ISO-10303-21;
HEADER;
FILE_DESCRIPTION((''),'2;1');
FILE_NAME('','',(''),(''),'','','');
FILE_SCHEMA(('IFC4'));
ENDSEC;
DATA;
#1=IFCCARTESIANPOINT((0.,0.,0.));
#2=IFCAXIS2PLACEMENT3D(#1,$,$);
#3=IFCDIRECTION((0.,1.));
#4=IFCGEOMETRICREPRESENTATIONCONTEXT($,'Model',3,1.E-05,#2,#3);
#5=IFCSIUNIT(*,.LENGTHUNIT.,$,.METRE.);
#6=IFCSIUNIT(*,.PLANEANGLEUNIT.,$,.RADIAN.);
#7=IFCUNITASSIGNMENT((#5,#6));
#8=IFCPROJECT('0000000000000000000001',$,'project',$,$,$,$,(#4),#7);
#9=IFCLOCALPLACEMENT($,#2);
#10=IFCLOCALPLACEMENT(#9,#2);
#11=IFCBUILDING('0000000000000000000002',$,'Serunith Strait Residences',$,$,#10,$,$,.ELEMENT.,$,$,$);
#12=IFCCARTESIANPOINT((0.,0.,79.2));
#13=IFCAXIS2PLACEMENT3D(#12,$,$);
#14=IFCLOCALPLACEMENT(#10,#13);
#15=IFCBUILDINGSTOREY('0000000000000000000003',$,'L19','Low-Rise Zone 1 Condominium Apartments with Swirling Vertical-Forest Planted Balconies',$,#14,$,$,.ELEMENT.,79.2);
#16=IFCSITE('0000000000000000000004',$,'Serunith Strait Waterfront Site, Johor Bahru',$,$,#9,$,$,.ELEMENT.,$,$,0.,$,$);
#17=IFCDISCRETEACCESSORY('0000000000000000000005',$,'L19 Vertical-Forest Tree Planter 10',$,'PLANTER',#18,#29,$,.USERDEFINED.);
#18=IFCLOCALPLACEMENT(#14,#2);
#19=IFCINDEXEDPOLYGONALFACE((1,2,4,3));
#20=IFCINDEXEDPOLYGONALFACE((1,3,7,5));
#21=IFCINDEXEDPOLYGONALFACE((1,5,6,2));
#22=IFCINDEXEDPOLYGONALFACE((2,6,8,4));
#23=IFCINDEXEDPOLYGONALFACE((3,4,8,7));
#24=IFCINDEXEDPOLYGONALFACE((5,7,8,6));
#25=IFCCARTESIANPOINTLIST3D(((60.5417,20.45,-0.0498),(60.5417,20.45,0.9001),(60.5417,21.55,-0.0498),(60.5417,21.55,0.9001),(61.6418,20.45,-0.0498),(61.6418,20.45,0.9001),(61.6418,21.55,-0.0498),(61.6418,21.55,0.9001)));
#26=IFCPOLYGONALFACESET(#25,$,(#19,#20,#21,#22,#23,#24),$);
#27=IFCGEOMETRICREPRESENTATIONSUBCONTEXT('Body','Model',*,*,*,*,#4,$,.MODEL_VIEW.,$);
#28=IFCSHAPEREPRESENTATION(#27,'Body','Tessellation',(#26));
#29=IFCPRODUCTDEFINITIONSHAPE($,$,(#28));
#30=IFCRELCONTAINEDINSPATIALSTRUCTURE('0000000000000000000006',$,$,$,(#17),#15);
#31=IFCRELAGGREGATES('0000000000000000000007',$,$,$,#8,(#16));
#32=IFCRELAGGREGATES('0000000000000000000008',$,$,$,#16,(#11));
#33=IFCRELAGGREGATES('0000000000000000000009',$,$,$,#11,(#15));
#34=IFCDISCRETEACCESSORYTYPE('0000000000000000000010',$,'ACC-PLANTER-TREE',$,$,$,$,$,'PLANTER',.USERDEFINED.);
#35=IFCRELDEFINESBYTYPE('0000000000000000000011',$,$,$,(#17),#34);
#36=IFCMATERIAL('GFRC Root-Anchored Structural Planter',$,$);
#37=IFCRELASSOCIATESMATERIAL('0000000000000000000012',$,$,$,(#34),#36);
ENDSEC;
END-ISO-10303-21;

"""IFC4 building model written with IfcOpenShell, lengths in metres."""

from ifc_helpers import new_model, si_unit, direction, frame, origin, origin_2d, place, context, subcontext, project, spatial, rectangle, extrude, source, transform, mapped, material, type_object, element, save


model = new_model("IFC4")

# Units and contexts
model_context = context("Model", 3, precision=1e-05, world=origin(), true_north=direction((0.0, 1.0)))
body_context = subcontext(model_context, "Body", "Model", "MODEL_VIEW")
ifc_project = project(units=[si_unit("LENGTHUNIT", "METRE"), si_unit("PLANEANGLEUNIT", "RADIAN")], contexts=[model_context])

# Site, building, storey
site_placement = place(None, origin())
site = spatial("IfcSite", under=ifc_project, at=site_placement, Name="Serunith Strait Waterfront Site, Johor Bahru", CompositionType="ELEMENT", RefElevation=0.0)
building_placement = place(site_placement, origin())
building = spatial("IfcBuilding", under=site, at=building_placement, Name="Serunith Strait Residences", CompositionType="ELEMENT")
storey_placement = place(building_placement, frame((0.0, 0.0, 79.2)))
storey = spatial("IfcBuildingStorey", under=building, at=storey_placement, Name="L19", Description="Low-Rise Zone 1 Condominium Apartments with Swirling Vertical-Forest Planted Balconies", CompositionType="ELEMENT", Elevation=79.2)

# Discrete accessory
ifc_material_1 = material(Name="GFRC Root-Anchored Structural Planter")
discrete_accessory_type = type_object("IfcDiscreteAccessoryType", Name="ACC-PLANTER-TREE", ElementType="PLANTER", PredefinedType="USERDEFINED", material=ifc_material_1)
shared_shape_1 = source(origin(), body_context, "Body", "SweptSolid", [
    extrude(rectangle(XDim=1.1001, YDim=1.1001, at=origin_2d()), origin(), (0.0, 0.0, 1.0), 0.95),
])
discrete_accessory_placement = place(storey_placement, frame((61.0918, 21.0, -0.0498), z_axis=(0.0, 0.0, 1.0), x_axis=(0.0, 1.0, 0.0)))
element("IfcDiscreteAccessory", 1, at=discrete_accessory_placement, inside=storey, type_object=discrete_accessory_type, Name="L19 Vertical-Forest Tree Planter 10", ObjectType="PLANTER", PredefinedType="USERDEFINED", context=body_context, shape_type="MappedRepresentation", body=[
    mapped(shared_shape_1, transform((0.0, 0.0, 0.0), scale=1.0)),
])

save(model, "model.ifc")
